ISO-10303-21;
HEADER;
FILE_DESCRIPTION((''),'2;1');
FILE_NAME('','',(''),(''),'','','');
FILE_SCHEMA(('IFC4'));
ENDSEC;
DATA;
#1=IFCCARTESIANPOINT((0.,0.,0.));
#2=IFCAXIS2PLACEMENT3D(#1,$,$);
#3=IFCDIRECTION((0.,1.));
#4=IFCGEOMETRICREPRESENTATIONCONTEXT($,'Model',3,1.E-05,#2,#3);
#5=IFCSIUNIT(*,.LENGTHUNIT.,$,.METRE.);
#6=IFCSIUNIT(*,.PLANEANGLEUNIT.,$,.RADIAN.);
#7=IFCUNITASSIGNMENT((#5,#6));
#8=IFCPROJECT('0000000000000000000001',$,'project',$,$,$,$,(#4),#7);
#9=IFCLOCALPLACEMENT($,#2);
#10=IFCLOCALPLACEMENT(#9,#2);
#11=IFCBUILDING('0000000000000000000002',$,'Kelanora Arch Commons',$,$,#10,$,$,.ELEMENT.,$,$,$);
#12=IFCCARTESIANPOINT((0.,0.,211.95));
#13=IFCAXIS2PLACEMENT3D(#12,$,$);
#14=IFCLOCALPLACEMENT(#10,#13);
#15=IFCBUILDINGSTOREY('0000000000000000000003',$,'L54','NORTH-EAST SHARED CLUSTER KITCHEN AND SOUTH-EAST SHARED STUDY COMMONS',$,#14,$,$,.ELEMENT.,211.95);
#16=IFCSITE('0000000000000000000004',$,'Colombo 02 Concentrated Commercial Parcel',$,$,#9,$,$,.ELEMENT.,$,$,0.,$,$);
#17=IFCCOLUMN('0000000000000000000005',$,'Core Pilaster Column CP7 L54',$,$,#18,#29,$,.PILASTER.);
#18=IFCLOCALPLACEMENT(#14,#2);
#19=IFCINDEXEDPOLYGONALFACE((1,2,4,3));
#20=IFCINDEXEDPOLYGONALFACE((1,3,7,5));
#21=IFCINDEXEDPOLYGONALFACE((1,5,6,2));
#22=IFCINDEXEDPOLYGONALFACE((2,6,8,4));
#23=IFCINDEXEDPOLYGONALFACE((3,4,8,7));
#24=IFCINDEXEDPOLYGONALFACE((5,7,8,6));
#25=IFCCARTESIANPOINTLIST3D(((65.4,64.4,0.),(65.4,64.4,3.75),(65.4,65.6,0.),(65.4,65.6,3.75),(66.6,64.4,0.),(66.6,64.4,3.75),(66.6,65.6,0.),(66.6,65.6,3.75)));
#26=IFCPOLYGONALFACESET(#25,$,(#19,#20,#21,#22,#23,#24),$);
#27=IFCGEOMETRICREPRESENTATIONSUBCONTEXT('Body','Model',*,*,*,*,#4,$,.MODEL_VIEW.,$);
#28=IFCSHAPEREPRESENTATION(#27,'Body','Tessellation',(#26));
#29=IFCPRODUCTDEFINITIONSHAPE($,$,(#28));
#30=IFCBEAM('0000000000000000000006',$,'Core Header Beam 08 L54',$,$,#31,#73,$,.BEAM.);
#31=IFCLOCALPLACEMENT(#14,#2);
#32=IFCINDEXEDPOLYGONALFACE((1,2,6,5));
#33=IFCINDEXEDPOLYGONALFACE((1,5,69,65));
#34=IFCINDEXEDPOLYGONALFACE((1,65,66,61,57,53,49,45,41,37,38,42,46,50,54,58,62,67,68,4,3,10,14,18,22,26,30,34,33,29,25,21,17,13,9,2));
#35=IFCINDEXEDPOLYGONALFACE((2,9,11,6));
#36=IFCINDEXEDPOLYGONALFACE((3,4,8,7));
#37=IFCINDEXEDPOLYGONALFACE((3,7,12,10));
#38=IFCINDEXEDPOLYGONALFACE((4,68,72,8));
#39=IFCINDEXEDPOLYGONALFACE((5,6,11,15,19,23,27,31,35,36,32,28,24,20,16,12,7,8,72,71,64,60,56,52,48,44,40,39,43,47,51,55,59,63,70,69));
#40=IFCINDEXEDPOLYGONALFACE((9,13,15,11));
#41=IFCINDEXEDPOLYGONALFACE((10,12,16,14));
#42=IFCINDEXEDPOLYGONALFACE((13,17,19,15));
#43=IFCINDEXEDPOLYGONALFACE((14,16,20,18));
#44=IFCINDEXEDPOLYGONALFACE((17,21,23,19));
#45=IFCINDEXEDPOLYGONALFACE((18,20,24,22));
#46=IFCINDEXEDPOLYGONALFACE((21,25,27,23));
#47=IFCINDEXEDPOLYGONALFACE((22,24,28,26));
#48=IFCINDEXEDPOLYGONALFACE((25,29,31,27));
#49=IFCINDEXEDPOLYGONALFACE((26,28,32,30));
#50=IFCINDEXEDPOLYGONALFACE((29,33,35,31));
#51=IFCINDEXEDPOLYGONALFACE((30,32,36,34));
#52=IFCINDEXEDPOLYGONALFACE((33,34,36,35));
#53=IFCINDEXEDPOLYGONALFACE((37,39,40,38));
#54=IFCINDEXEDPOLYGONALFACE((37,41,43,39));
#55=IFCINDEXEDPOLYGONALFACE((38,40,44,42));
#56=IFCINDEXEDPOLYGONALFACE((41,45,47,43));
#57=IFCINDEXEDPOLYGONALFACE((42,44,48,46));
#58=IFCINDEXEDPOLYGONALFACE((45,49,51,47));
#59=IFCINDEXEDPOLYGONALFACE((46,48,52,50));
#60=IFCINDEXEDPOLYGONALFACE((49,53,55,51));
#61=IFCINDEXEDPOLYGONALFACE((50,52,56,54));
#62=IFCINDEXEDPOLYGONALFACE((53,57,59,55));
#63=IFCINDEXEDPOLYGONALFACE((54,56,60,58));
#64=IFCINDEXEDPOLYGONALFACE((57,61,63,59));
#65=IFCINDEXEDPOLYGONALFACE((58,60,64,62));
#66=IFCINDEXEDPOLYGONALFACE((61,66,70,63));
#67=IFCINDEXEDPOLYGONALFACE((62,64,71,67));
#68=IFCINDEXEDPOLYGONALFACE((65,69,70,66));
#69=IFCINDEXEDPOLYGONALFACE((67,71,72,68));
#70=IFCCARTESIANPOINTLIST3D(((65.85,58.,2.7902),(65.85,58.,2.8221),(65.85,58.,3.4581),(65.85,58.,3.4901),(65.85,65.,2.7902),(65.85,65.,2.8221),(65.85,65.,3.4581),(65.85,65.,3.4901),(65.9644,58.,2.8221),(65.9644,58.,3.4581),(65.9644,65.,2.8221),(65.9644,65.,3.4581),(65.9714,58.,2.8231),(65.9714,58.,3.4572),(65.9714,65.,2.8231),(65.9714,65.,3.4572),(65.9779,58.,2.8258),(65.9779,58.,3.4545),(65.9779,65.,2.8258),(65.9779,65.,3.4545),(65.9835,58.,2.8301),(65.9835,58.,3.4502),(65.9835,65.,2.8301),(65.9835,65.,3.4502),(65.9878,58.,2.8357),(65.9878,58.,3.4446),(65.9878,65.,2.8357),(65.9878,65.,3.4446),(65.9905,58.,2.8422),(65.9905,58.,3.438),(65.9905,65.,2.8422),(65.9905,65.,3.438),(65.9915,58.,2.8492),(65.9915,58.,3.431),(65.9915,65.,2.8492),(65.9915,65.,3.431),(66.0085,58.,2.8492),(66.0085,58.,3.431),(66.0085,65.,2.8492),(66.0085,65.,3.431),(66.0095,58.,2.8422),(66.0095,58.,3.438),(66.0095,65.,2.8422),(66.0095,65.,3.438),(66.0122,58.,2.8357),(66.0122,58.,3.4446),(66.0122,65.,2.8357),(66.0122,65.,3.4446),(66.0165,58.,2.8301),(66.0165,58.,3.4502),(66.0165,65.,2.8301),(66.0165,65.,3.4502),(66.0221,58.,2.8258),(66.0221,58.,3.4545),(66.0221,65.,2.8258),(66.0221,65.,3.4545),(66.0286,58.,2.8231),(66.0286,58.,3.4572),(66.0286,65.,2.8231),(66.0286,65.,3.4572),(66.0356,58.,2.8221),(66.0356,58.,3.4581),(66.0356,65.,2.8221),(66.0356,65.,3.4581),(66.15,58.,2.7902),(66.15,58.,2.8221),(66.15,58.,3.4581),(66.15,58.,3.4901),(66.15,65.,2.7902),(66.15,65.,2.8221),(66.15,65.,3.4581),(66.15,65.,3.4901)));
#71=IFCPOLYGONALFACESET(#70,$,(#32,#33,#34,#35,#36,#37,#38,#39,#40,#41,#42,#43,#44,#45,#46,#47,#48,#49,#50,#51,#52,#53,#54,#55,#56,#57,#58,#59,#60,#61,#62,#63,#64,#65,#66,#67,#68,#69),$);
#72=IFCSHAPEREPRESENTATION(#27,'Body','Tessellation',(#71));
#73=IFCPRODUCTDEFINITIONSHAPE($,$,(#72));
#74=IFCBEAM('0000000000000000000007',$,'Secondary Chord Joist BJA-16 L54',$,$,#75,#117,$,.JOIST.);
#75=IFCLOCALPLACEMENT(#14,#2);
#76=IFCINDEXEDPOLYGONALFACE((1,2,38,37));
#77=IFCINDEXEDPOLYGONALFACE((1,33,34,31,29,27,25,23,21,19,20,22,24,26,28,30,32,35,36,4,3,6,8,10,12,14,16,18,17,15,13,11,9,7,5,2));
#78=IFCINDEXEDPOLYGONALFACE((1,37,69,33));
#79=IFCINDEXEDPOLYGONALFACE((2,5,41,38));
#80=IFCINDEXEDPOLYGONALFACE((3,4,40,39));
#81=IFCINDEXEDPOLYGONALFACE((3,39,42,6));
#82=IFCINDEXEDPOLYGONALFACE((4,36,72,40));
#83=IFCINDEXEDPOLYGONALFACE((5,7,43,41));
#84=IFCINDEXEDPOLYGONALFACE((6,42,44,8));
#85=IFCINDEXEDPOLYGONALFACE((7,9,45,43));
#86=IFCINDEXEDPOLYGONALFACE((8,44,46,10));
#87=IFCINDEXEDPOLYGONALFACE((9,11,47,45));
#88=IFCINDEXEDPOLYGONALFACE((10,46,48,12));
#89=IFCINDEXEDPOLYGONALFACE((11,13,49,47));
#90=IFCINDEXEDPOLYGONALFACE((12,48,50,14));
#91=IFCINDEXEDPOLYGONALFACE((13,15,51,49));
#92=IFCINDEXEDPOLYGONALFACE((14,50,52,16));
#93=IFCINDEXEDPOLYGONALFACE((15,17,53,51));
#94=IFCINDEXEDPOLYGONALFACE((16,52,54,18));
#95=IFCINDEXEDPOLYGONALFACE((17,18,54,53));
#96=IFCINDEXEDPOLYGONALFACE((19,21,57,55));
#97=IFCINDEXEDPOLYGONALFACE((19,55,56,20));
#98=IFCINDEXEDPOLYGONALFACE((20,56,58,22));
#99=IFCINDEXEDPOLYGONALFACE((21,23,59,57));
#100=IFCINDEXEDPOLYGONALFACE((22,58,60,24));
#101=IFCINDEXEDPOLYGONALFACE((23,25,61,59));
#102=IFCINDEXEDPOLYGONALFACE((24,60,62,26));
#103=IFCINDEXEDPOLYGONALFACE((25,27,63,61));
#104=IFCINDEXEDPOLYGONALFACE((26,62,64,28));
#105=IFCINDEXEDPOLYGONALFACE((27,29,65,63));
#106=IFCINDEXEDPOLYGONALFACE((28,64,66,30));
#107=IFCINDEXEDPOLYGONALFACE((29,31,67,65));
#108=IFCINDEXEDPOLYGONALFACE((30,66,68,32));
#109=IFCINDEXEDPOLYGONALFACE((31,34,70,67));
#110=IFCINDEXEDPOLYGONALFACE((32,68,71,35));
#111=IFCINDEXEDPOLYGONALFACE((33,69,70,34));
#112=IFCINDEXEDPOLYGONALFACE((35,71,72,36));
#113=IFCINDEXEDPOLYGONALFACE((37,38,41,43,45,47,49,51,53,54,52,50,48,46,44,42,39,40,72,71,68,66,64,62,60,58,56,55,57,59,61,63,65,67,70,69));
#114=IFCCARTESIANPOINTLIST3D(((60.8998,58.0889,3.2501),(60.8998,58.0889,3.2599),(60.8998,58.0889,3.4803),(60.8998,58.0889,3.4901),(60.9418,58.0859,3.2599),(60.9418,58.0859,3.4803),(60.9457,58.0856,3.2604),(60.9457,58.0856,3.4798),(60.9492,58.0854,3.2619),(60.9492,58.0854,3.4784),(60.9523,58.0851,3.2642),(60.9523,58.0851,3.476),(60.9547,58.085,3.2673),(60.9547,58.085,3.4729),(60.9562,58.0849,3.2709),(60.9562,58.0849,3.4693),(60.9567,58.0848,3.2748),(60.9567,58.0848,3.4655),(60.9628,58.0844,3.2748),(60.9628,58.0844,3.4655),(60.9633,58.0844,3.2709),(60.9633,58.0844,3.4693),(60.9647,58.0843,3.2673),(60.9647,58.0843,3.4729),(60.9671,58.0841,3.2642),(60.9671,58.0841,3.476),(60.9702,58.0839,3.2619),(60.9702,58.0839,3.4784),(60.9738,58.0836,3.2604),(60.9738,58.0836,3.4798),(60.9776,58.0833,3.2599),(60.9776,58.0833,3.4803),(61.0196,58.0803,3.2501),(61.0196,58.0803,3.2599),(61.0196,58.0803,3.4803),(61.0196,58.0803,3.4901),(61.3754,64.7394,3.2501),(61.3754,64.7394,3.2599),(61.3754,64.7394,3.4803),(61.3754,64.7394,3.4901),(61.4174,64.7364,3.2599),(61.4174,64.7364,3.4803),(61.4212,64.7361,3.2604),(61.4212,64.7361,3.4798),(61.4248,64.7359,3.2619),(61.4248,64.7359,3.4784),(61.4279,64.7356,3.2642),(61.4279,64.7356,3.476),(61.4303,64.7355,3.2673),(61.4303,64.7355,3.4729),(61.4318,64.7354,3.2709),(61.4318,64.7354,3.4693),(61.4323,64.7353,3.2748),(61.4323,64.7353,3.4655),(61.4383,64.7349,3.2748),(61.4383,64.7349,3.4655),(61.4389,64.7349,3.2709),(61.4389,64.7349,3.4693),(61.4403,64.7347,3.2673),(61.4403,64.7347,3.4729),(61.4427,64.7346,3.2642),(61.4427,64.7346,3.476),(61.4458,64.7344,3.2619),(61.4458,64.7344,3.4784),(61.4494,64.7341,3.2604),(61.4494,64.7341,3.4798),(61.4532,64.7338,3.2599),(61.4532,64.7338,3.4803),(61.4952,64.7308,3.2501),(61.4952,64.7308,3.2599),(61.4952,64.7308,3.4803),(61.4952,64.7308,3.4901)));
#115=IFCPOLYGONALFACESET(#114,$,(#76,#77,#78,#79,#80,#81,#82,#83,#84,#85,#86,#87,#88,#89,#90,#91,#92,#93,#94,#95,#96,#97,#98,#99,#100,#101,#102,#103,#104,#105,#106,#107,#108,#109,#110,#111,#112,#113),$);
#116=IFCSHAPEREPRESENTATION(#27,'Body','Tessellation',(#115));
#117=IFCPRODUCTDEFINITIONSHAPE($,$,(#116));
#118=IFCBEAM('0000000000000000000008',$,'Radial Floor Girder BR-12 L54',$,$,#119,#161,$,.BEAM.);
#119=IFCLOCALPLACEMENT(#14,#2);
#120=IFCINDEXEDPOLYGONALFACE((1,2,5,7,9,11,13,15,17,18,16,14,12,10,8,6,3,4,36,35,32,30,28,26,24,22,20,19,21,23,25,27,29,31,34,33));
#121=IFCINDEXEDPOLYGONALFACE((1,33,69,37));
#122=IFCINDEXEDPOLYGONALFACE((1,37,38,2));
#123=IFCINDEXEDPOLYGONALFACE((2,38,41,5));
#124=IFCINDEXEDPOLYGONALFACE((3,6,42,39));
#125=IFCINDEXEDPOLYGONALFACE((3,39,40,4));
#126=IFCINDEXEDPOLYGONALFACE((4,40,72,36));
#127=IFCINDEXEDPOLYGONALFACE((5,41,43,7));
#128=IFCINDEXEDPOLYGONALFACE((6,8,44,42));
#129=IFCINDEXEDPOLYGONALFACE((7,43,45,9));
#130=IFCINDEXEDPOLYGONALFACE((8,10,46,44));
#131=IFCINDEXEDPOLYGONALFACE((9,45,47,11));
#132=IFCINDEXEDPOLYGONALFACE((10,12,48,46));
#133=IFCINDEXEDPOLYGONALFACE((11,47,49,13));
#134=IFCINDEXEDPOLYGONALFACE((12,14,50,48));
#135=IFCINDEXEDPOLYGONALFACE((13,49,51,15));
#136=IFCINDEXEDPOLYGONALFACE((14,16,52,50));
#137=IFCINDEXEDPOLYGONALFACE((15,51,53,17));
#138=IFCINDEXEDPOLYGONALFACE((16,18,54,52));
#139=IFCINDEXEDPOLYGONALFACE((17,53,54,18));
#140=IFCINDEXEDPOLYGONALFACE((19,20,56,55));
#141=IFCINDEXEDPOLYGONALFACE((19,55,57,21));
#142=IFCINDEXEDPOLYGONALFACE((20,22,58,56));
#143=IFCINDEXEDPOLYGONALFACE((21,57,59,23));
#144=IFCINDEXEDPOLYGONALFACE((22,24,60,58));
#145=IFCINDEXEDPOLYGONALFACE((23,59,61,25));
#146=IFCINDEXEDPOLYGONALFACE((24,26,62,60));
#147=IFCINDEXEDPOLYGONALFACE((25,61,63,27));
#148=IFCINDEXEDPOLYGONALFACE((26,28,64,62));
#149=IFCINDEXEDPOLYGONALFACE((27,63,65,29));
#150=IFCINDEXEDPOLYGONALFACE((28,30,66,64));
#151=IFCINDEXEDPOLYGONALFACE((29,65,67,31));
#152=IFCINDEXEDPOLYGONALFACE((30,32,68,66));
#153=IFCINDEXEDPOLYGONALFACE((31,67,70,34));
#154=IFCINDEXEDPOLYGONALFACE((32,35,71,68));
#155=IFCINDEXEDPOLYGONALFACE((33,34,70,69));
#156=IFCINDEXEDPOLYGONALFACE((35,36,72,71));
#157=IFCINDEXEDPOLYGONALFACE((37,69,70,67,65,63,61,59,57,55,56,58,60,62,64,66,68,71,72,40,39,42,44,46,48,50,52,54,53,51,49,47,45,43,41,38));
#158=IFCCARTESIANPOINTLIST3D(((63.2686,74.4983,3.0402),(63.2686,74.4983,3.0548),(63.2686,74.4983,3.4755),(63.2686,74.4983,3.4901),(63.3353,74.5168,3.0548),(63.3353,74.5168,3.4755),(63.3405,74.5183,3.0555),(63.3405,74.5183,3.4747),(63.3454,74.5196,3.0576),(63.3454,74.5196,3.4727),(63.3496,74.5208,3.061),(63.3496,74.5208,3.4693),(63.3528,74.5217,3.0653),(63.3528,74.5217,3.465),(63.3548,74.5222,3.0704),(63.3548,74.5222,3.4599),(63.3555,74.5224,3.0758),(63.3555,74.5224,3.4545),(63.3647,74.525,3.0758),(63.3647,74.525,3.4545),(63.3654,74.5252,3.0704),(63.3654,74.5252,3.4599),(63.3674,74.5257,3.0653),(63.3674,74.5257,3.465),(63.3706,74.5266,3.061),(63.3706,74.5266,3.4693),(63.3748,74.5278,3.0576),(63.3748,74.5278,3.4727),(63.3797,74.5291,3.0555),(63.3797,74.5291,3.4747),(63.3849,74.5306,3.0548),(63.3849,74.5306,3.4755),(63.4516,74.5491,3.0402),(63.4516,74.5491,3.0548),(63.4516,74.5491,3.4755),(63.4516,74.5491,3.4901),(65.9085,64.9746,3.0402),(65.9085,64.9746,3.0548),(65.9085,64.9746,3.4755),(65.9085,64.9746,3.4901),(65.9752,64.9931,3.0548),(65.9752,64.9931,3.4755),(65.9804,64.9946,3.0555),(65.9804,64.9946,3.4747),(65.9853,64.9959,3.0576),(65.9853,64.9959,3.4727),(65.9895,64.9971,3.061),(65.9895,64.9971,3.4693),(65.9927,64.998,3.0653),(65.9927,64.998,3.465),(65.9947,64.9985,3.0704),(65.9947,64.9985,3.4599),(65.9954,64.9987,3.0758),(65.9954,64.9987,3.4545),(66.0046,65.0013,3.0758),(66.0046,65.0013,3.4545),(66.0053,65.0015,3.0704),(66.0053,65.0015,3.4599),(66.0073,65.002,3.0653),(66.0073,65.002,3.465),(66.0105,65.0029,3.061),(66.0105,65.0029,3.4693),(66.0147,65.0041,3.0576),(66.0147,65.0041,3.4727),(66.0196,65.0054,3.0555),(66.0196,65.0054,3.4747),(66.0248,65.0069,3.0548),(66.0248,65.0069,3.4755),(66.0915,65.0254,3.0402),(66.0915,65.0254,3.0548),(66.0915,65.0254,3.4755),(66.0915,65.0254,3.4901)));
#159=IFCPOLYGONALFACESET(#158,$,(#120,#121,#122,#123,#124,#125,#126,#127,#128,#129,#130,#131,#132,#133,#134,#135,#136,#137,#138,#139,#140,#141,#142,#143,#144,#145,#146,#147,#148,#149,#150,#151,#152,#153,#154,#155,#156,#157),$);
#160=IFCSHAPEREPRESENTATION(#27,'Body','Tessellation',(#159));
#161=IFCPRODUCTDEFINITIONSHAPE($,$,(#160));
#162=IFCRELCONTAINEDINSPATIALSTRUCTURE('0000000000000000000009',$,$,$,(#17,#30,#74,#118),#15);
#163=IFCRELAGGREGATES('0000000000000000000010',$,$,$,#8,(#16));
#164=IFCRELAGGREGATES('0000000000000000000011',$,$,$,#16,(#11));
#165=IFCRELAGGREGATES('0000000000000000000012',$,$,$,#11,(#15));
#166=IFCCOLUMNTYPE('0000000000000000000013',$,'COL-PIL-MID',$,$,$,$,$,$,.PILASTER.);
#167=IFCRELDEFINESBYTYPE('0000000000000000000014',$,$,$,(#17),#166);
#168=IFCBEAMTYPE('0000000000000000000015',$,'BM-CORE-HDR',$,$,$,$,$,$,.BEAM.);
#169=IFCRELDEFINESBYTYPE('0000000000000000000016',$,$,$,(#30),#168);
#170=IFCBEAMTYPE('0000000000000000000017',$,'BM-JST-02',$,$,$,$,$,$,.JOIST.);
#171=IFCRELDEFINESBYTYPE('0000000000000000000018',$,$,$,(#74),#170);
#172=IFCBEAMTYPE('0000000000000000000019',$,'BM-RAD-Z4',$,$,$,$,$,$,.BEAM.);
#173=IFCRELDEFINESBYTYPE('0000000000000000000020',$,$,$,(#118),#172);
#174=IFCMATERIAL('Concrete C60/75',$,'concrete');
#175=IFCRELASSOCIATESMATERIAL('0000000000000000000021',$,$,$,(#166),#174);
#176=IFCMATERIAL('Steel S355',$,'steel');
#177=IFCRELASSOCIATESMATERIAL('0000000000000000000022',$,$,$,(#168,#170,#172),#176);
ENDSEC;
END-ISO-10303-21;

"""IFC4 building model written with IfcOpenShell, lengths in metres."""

from ifc_helpers import new_model, si_unit, direction, frame, origin, origin_2d, place, context, subcontext, project, spatial, rectangle, i_section, extrude, material, material_profile, profile_set, type_object, element, save


model = new_model("IFC4")

# Units and contexts
model_context = context("Model", 3, precision=1e-05, world=origin(), true_north=direction((0.0, 1.0)))
body_context = subcontext(model_context, "Body", "Model", "MODEL_VIEW")
ifc_project = project(units=[si_unit("LENGTHUNIT", "METRE"), si_unit("PLANEANGLEUNIT", "RADIAN")], contexts=[model_context])

# Site, building, storey
site_placement = place(None, origin())
site = spatial("IfcSite", under=ifc_project, at=site_placement, Name="Colombo 02 Concentrated Commercial Parcel", CompositionType="ELEMENT", RefElevation=0.0)
building_placement = place(site_placement, origin())
building = spatial("IfcBuilding", under=site, at=building_placement, Name="Kelanora Arch Commons", CompositionType="ELEMENT")
storey_placement = place(building_placement, frame((0.0, 0.0, 211.95)))
storey = spatial("IfcBuildingStorey", under=building, at=storey_placement, Name="L54", Description="NORTH-EAST SHARED CLUSTER KITCHEN AND SOUTH-EAST SHARED STUDY COMMONS", CompositionType="ELEMENT", Elevation=211.95)

# Column
ifc_material_1 = material(Name="Concrete C60/75", Category="concrete")
ifc_material_profile_1 = material_profile(ifc_material_1, rectangle(XDim=1.2, YDim=1.2, at=origin_2d()), Name="RC1200x1200")
ifc_profile_set_1 = profile_set([ifc_material_profile_1], Name="Concrete C60/75")
column_type = type_object("IfcColumnType", Name="COL-PIL-MID", PredefinedType="PILASTER", material=ifc_profile_set_1)
column_placement = place(storey_placement, frame((66.0, 65.0, 0.0), z_axis=(0.0, 0.0, 1.0), x_axis=(1.0, 0.0, 0.0)))
element("IfcColumn", 1, at=column_placement, inside=storey, type_object=column_type, Name="Core Pilaster Column CP7 L54", PredefinedType="PILASTER", context=body_context, shape_type="SweptSolid", body=[
    extrude(rectangle(XDim=1.2, YDim=1.2, at=origin_2d()), origin(), (0.0, 0.0, 1.0), 3.75),
])

# Beams
ifc_material_2 = material(Name="Steel S355", Category="steel")
ifc_material_profile_2 = material_profile(ifc_material_2, i_section(OverallWidth=0.3, OverallDepth=0.7, WebThickness=0.0171, FlangeThickness=0.032, FilletRadius=0.0271, at=origin_2d()), Name="HEB700")
ifc_profile_set_2 = profile_set([ifc_material_profile_2], Name="Steel S355")
beam_type_1 = type_object("IfcBeamType", Name="BM-CORE-HDR", PredefinedType="BEAM", material=ifc_profile_set_2)
beam_1_placement = place(storey_placement, frame((66.0, 65.0, 3.1401), z_axis=(0.0, -1.0, 0.0), x_axis=(1.0, 0.0, 0.0)))
element("IfcBeam", 2, at=beam_1_placement, inside=storey, type_object=beam_type_1, Name="Core Header Beam 08 L54", PredefinedType="BEAM", context=body_context, shape_type="SweptSolid", body=[
    extrude(i_section(OverallWidth=0.3, OverallDepth=0.7, WebThickness=0.0171, FlangeThickness=0.032, FilletRadius=0.0271, at=origin_2d()), origin(), (0.0, 0.0, 1.0), 7.0),
])
ifc_material_profile_3 = material_profile(ifc_material_2, i_section(OverallWidth=0.1201, OverallDepth=0.24, WebThickness=0.0061, FlangeThickness=0.0098, FilletRadius=0.0149, at=origin_2d()), Name="IPE240")
ifc_profile_set_3 = profile_set([ifc_material_profile_3], Name="Steel S355")
beam_type_2 = type_object("IfcBeamType", Name="BM-JST-02", PredefinedType="JOIST", material=ifc_profile_set_3)
beam_2_placement = place(storey_placement, frame((61.4353, 64.7351, 3.3701), z_axis=(-0.07133, -0.997453, 0.0), x_axis=(0.997453, -0.07133, 0.0)))
element("IfcBeam", 3, at=beam_2_placement, inside=storey, type_object=beam_type_2, Name="Secondary Chord Joist BJA-16 L54", PredefinedType="JOIST", context=body_context, shape_type="SweptSolid", body=[
    extrude(i_section(OverallWidth=0.1201, OverallDepth=0.24, WebThickness=0.0061, FlangeThickness=0.0098, FilletRadius=0.0149, at=origin_2d()), origin(), (0.0, 0.0, 1.0), 6.6675),
])
ifc_material_profile_4 = material_profile(ifc_material_2, i_section(OverallWidth=0.1899, OverallDepth=0.45, WebThickness=0.0095, FlangeThickness=0.0146, FilletRadius=0.021, at=origin_2d()), Name="IPE450")
ifc_profile_set_4 = profile_set([ifc_material_profile_4], Name="Steel S355")
beam_type_3 = type_object("IfcBeamType", Name="BM-RAD-Z4", PredefinedType="BEAM", material=ifc_profile_set_4)
beam_3_placement = place(storey_placement, frame((66.0, 65.0, 3.2651), z_axis=(-0.26712, 0.963663, 0.0), x_axis=(-0.963663, -0.26712, 0.0)))
element("IfcBeam", 4, at=beam_3_placement, inside=storey, type_object=beam_type_3, Name="Radial Floor Girder BR-12 L54", PredefinedType="BEAM", context=body_context, shape_type="SweptSolid", body=[
    extrude(i_section(OverallWidth=0.1899, OverallDepth=0.45, WebThickness=0.0095, FlangeThickness=0.0146, FilletRadius=0.021, at=origin_2d()), origin(), (0.0, 0.0, 1.0), 9.8828),
])

save(model, "model.ifc")
